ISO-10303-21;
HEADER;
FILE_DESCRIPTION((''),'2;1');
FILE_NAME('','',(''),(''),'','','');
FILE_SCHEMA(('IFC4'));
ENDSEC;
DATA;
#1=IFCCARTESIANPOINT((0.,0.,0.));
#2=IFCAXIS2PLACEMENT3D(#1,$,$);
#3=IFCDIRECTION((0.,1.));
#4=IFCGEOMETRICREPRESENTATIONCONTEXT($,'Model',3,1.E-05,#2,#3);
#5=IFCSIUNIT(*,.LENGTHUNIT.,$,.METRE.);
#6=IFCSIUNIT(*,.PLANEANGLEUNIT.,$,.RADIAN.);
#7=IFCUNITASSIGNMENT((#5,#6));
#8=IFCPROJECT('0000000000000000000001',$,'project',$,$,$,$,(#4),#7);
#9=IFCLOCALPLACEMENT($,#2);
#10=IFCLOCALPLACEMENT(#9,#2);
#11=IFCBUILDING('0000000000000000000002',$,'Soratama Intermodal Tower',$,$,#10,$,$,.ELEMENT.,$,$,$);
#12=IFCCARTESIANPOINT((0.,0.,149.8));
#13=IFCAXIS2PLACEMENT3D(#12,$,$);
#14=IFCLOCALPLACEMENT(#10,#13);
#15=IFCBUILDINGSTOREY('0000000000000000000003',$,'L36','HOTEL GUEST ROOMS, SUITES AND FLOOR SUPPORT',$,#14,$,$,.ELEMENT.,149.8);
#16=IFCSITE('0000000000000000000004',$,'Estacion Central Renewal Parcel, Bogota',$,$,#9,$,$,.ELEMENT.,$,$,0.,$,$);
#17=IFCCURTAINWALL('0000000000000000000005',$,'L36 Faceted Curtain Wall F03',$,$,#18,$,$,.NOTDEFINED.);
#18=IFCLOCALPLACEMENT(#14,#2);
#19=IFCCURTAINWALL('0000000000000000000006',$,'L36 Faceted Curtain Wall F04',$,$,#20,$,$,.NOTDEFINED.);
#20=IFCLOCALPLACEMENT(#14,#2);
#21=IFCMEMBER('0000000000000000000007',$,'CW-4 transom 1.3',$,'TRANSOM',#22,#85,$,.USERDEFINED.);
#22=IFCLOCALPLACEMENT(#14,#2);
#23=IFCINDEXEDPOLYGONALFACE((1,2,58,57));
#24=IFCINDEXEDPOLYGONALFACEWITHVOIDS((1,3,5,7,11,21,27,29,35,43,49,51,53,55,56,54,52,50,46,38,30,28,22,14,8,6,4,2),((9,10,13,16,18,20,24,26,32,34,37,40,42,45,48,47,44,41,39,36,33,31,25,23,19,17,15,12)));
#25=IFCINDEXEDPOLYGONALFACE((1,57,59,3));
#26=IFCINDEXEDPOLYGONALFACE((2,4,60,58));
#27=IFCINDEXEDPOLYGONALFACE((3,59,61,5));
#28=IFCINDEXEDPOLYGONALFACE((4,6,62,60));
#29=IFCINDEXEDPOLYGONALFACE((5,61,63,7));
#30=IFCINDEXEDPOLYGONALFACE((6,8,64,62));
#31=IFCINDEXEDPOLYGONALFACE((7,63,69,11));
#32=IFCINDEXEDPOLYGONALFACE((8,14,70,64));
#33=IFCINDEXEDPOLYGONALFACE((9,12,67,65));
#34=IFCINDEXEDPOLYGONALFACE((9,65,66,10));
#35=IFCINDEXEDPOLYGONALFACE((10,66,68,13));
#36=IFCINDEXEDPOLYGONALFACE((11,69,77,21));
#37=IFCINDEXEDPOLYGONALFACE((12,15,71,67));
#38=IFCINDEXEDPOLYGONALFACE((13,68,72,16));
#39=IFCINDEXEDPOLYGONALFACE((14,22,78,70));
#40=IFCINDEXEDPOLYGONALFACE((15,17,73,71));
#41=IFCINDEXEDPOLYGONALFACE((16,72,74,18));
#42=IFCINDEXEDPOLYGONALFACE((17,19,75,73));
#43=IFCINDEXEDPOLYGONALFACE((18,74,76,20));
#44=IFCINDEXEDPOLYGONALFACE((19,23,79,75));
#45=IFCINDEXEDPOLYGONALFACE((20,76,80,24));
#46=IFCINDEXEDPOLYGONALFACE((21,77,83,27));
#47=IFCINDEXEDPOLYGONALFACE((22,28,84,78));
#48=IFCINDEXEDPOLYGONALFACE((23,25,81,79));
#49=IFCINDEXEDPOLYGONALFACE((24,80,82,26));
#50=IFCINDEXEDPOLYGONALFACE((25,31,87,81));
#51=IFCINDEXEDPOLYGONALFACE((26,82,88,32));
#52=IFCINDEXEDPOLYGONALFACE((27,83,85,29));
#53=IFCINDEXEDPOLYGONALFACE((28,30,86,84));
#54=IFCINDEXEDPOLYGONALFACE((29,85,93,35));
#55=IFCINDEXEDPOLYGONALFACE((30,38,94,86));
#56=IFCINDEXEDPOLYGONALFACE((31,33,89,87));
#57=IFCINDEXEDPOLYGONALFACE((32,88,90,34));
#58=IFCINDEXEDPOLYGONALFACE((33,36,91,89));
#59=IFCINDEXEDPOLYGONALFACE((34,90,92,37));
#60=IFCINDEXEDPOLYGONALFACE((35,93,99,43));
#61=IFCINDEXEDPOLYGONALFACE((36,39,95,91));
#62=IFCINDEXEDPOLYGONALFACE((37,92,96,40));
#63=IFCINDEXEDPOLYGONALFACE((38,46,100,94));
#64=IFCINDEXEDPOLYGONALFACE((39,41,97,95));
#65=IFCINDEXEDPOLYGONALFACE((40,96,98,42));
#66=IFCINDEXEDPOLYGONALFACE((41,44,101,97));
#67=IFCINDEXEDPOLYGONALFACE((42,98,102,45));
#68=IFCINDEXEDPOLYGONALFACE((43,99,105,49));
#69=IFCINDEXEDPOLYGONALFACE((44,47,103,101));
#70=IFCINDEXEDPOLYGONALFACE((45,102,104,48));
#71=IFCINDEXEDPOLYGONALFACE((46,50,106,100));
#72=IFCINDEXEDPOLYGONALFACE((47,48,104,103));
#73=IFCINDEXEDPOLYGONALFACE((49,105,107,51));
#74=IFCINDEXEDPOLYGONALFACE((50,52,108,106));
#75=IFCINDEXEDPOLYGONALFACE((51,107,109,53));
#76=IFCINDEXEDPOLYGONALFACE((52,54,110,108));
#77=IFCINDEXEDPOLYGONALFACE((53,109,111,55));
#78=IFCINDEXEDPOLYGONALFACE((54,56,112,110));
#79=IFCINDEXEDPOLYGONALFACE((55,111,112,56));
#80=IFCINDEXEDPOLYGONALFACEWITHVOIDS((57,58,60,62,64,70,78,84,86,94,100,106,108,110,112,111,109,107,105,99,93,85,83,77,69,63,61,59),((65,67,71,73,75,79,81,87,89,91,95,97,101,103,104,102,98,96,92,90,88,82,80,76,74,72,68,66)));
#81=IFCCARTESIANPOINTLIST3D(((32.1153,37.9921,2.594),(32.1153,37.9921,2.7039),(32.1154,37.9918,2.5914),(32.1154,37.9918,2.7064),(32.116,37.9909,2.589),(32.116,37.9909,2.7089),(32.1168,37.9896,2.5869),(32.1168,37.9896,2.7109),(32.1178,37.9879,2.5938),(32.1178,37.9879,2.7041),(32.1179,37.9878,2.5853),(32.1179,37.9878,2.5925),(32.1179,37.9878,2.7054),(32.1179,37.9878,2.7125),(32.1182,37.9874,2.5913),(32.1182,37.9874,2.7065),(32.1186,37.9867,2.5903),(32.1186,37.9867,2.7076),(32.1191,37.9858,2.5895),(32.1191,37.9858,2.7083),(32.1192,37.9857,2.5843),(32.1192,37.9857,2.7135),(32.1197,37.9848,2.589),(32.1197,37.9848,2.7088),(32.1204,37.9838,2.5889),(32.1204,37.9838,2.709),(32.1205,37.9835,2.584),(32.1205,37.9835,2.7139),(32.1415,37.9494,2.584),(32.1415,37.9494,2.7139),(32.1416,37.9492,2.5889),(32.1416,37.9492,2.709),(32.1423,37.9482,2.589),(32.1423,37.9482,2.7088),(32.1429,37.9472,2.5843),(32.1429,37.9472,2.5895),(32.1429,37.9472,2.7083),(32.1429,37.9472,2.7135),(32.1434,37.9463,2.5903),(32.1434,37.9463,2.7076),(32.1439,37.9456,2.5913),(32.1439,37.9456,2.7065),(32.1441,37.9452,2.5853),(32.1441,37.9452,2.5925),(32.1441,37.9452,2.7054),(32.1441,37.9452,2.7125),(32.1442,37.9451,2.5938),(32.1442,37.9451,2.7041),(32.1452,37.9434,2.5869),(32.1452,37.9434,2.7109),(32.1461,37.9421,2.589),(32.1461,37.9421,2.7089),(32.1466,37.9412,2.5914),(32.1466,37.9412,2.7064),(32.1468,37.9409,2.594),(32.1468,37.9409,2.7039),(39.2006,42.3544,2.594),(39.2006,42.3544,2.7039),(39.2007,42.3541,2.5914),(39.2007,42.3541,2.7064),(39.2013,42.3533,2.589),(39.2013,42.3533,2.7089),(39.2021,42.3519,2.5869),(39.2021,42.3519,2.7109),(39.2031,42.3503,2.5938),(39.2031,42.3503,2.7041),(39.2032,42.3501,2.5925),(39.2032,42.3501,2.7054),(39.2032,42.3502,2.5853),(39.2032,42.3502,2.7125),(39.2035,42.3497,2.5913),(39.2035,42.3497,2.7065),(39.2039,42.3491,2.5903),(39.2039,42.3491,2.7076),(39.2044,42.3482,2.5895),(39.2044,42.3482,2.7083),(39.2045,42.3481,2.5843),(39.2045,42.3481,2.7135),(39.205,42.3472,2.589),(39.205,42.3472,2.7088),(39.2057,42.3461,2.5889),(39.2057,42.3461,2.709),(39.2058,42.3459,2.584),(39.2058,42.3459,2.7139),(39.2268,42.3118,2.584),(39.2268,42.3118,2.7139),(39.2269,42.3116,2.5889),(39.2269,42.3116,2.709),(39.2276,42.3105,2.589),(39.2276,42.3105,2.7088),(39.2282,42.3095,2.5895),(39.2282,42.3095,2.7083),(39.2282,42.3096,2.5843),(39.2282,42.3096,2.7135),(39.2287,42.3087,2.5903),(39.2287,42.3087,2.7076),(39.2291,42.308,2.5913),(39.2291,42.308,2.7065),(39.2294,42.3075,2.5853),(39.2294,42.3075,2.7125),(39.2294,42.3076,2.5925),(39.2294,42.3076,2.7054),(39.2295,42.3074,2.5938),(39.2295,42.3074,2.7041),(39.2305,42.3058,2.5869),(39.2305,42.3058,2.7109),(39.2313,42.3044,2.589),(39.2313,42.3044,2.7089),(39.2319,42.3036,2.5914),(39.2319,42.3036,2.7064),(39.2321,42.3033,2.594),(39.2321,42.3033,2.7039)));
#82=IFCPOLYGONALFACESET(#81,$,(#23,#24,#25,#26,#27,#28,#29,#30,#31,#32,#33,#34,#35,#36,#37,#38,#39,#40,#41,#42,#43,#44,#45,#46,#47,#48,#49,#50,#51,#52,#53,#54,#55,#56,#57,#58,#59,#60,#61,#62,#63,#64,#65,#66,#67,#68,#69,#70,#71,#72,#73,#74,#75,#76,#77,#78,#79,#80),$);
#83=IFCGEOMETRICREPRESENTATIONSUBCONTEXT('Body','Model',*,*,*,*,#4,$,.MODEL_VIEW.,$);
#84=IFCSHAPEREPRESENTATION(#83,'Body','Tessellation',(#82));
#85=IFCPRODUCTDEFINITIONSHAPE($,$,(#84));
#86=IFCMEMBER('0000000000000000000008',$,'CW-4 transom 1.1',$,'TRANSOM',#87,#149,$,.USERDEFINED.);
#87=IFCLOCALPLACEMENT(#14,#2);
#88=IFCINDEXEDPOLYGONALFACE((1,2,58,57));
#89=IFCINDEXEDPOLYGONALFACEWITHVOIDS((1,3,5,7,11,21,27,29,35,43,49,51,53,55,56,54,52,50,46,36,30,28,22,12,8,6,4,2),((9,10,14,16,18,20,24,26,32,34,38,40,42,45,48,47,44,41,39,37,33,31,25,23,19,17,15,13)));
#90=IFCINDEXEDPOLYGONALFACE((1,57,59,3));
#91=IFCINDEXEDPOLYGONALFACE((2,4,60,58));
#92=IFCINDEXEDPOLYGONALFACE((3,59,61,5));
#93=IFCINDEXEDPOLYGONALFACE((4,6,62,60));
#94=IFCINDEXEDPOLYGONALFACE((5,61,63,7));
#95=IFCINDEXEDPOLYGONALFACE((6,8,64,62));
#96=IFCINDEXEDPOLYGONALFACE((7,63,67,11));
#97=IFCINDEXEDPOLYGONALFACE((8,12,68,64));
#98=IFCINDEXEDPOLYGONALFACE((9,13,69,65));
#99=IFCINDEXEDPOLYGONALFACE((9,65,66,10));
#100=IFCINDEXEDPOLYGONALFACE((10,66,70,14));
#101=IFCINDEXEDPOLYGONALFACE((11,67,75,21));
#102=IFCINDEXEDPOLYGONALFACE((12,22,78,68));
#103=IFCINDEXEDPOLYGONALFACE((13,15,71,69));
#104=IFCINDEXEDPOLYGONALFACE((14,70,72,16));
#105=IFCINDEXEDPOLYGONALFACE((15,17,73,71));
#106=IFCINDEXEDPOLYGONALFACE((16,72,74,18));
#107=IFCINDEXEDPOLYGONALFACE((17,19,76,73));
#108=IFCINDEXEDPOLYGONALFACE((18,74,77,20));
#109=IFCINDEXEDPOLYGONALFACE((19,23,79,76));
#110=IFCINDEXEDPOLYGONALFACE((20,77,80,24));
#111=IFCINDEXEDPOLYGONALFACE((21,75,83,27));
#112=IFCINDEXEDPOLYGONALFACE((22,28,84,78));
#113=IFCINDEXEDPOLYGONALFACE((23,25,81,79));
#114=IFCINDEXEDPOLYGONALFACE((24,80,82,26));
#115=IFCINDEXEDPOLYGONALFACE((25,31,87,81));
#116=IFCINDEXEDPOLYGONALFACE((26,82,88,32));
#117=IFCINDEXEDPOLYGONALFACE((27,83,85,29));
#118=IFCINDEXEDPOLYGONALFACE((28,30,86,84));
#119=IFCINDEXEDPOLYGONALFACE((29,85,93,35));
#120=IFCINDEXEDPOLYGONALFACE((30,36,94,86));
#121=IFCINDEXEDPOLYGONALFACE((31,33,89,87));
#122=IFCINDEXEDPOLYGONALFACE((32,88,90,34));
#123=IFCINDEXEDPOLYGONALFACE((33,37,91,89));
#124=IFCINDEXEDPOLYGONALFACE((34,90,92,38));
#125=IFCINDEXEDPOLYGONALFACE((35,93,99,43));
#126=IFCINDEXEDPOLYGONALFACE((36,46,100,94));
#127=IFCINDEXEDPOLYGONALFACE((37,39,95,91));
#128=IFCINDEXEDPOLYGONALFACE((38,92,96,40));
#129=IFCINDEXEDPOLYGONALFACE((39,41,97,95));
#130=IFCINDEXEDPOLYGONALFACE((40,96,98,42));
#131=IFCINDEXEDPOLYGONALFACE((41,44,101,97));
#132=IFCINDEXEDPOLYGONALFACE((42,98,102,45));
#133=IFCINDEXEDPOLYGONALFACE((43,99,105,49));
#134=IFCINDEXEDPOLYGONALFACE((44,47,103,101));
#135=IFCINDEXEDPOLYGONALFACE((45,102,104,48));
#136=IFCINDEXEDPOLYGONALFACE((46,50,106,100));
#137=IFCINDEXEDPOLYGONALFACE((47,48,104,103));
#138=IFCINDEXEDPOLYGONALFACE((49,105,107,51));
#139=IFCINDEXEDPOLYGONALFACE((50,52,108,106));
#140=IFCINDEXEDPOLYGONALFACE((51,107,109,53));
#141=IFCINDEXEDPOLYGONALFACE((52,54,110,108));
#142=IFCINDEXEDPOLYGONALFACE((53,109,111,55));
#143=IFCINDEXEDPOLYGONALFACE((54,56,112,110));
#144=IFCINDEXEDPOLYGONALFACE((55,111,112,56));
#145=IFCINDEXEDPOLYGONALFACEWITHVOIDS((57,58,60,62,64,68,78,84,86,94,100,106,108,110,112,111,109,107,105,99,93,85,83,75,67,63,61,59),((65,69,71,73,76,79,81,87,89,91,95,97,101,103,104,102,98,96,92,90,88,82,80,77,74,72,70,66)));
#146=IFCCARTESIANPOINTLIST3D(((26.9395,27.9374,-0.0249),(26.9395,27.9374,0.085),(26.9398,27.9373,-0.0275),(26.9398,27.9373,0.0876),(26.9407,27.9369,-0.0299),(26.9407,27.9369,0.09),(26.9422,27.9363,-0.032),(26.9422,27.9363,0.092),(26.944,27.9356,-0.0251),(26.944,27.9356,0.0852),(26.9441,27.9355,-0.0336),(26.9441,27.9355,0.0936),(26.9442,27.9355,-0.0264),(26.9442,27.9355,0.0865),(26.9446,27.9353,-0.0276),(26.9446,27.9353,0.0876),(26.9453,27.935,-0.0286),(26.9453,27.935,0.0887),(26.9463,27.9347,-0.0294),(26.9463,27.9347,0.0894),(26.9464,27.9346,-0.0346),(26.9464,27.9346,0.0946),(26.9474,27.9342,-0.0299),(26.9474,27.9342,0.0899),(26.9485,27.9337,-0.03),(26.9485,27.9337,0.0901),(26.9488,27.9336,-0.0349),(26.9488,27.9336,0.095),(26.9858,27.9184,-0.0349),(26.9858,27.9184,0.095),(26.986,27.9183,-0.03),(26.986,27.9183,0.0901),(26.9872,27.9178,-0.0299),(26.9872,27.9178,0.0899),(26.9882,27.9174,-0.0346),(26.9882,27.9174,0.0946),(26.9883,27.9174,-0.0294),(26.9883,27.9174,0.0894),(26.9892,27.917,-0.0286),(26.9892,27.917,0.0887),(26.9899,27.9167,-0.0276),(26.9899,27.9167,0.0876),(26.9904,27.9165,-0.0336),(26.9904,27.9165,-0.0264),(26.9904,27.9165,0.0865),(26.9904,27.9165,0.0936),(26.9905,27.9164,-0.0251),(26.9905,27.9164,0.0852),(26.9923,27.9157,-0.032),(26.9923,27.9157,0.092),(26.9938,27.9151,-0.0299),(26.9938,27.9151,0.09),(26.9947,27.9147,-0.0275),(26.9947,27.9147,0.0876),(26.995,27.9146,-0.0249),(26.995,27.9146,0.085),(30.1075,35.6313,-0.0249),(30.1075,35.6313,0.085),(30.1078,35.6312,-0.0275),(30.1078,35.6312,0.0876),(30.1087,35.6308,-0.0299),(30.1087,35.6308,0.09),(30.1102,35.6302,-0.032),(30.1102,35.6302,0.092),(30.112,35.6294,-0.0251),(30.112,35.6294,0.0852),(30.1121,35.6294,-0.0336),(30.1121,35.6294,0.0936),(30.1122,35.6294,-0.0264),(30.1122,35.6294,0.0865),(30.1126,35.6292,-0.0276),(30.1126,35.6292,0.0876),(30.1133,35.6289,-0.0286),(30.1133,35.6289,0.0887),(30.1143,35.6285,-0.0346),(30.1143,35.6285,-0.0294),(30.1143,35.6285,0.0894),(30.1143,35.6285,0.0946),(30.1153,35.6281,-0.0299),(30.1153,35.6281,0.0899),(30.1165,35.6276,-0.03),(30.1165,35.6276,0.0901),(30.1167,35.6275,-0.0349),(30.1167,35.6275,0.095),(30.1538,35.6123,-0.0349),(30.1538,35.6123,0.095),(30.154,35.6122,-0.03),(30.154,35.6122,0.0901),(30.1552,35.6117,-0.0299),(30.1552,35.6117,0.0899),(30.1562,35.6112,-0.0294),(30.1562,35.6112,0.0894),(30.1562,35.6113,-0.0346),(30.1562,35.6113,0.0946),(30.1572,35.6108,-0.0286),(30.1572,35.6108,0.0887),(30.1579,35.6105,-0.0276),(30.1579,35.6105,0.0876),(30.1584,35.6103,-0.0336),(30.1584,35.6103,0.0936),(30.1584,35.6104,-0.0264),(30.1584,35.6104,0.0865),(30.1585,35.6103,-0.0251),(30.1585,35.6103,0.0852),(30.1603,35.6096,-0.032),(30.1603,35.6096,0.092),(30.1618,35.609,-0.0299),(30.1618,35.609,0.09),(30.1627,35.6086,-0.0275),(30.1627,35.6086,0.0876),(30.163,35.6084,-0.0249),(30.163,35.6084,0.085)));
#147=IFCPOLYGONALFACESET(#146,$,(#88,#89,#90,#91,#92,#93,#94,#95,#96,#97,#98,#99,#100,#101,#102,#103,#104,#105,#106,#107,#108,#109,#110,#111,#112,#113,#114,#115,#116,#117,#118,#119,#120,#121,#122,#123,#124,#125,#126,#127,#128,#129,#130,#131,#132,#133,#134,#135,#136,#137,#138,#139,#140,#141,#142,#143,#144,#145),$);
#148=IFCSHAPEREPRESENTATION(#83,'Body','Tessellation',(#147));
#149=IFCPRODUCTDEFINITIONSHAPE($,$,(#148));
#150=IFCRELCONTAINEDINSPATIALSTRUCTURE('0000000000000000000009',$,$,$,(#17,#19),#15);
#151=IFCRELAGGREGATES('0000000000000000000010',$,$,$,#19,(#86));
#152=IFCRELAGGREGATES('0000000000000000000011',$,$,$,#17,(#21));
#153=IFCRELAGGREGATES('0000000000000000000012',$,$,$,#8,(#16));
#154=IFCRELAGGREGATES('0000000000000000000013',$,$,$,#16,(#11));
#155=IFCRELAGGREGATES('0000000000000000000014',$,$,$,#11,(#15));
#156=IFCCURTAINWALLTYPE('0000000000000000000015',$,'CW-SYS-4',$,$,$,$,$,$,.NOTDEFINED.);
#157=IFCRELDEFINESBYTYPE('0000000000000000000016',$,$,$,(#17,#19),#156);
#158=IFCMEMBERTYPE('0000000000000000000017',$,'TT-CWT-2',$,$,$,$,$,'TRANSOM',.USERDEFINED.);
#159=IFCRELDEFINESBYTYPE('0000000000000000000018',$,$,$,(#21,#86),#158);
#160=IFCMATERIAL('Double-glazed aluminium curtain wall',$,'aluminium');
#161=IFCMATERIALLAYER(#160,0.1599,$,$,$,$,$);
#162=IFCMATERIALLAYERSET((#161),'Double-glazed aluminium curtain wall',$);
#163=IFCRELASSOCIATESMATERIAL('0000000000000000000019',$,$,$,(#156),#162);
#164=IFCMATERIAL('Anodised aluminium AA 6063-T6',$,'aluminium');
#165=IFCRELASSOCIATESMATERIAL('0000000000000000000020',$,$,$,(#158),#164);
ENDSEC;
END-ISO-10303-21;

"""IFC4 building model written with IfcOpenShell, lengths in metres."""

from ifc_helpers import new_model, si_unit, direction, frame, origin, origin_2d, place, context, subcontext, project, spatial, hollow_rectangle, extrude, material, layer, layer_set, material_profile, profile_set, type_object, element, aggregate, save


model = new_model("IFC4")

# Units and contexts
model_context = context("Model", 3, precision=1e-05, world=origin(), true_north=direction((0.0, 1.0)))
body_context = subcontext(model_context, "Body", "Model", "MODEL_VIEW")
ifc_project = project(units=[si_unit("LENGTHUNIT", "METRE"), si_unit("PLANEANGLEUNIT", "RADIAN")], contexts=[model_context])

# Site, building, storey
site_placement = place(None, origin())
site = spatial("IfcSite", under=ifc_project, at=site_placement, Name="Estacion Central Renewal Parcel, Bogota", CompositionType="ELEMENT", RefElevation=0.0)
building_placement = place(site_placement, origin())
building = spatial("IfcBuilding", under=site, at=building_placement, Name="Soratama Intermodal Tower", CompositionType="ELEMENT")
storey_placement = place(building_placement, frame((0.0, 0.0, 149.8)))
storey = spatial("IfcBuildingStorey", under=building, at=storey_placement, Name="L36", Description="HOTEL GUEST ROOMS, SUITES AND FLOOR SUPPORT", CompositionType="ELEMENT", Elevation=149.8)

# Curtain wall
ifc_material_1 = material(Name="Double-glazed aluminium curtain wall", Category="aluminium")
ifc_layer_1 = layer(ifc_material_1, 0.1599)
ifc_layer_set_1 = layer_set([ifc_layer_1], Name="Double-glazed aluminium curtain wall")
curtain_wall_type = type_object("IfcCurtainWallType", Name="CW-SYS-4", PredefinedType="NOTDEFINED", material=ifc_layer_set_1)
curtain_wall_1_placement = place(storey_placement, origin())
curtain_wall_1 = element("IfcCurtainWall", 1, at=curtain_wall_1_placement, inside=storey, type_object=curtain_wall_type, Name="L36 Faceted Curtain Wall F03", PredefinedType="NOTDEFINED")

# Curtain wall
curtain_wall_2_placement = place(storey_placement, origin())
curtain_wall_2 = element("IfcCurtainWall", 2, at=curtain_wall_2_placement, inside=storey, type_object=curtain_wall_type, Name="L36 Faceted Curtain Wall F04", PredefinedType="NOTDEFINED")

# Members
ifc_material_2 = material(Name="Anodised aluminium AA 6063-T6", Category="aluminium")
ifc_material_profile_1 = material_profile(ifc_material_2, hollow_rectangle(XDim=0.0601, YDim=0.1299, WallThickness=0.0049, InnerFilletRadius=0.0049, OuterFilletRadius=0.01, at=origin_2d()), Name="CWT130X60X5")
ifc_profile_set_1 = profile_set([ifc_material_profile_1], Name="Anodised aluminium AA 6063-T6")
member_type_1 = type_object("IfcMemberType", Name="TT-CWT-2", ElementType="TRANSOM", PredefinedType="USERDEFINED", material=ifc_profile_set_1)
member_1_placement = place(storey_placement, frame((39.2163, 42.3289, 2.6489), z_axis=(-0.851541, -0.524287, 0.0), x_axis=(0.524287, -0.851541, 0.0)))
member_1 = element("IfcMember", 3, at=member_1_placement, type_object=member_type_1, Name="CW-4 transom 1.3", ObjectType="TRANSOM", PredefinedType="USERDEFINED", context=body_context, shape_type="SweptSolid", body=[
    extrude(hollow_rectangle(XDim=0.0601, YDim=0.1299, WallThickness=0.0049, InnerFilletRadius=0.0049, OuterFilletRadius=0.01, at=origin_2d()), origin(), (0.0, 0.0, 1.0), 8.3206),
])
member_2_placement = place(storey_placement, frame((30.1353, 35.6199, 0.03), z_axis=(-0.380741, -0.924682, 0.0), x_axis=(0.924682, -0.380741, 0.0)))
member_2 = element("IfcMember", 4, at=member_2_placement, type_object=member_type_1, Name="CW-4 transom 1.1", ObjectType="TRANSOM", PredefinedType="USERDEFINED", context=body_context, shape_type="SweptSolid", body=[
    extrude(hollow_rectangle(XDim=0.0601, YDim=0.1299, WallThickness=0.0049, InnerFilletRadius=0.0049, OuterFilletRadius=0.01, at=origin_2d()), origin(), (0.0, 0.0, 1.0), 8.3206),
])
aggregate(curtain_wall_2, [member_2])

aggregate(curtain_wall_1, [member_1])

save(model, "model.ifc")
